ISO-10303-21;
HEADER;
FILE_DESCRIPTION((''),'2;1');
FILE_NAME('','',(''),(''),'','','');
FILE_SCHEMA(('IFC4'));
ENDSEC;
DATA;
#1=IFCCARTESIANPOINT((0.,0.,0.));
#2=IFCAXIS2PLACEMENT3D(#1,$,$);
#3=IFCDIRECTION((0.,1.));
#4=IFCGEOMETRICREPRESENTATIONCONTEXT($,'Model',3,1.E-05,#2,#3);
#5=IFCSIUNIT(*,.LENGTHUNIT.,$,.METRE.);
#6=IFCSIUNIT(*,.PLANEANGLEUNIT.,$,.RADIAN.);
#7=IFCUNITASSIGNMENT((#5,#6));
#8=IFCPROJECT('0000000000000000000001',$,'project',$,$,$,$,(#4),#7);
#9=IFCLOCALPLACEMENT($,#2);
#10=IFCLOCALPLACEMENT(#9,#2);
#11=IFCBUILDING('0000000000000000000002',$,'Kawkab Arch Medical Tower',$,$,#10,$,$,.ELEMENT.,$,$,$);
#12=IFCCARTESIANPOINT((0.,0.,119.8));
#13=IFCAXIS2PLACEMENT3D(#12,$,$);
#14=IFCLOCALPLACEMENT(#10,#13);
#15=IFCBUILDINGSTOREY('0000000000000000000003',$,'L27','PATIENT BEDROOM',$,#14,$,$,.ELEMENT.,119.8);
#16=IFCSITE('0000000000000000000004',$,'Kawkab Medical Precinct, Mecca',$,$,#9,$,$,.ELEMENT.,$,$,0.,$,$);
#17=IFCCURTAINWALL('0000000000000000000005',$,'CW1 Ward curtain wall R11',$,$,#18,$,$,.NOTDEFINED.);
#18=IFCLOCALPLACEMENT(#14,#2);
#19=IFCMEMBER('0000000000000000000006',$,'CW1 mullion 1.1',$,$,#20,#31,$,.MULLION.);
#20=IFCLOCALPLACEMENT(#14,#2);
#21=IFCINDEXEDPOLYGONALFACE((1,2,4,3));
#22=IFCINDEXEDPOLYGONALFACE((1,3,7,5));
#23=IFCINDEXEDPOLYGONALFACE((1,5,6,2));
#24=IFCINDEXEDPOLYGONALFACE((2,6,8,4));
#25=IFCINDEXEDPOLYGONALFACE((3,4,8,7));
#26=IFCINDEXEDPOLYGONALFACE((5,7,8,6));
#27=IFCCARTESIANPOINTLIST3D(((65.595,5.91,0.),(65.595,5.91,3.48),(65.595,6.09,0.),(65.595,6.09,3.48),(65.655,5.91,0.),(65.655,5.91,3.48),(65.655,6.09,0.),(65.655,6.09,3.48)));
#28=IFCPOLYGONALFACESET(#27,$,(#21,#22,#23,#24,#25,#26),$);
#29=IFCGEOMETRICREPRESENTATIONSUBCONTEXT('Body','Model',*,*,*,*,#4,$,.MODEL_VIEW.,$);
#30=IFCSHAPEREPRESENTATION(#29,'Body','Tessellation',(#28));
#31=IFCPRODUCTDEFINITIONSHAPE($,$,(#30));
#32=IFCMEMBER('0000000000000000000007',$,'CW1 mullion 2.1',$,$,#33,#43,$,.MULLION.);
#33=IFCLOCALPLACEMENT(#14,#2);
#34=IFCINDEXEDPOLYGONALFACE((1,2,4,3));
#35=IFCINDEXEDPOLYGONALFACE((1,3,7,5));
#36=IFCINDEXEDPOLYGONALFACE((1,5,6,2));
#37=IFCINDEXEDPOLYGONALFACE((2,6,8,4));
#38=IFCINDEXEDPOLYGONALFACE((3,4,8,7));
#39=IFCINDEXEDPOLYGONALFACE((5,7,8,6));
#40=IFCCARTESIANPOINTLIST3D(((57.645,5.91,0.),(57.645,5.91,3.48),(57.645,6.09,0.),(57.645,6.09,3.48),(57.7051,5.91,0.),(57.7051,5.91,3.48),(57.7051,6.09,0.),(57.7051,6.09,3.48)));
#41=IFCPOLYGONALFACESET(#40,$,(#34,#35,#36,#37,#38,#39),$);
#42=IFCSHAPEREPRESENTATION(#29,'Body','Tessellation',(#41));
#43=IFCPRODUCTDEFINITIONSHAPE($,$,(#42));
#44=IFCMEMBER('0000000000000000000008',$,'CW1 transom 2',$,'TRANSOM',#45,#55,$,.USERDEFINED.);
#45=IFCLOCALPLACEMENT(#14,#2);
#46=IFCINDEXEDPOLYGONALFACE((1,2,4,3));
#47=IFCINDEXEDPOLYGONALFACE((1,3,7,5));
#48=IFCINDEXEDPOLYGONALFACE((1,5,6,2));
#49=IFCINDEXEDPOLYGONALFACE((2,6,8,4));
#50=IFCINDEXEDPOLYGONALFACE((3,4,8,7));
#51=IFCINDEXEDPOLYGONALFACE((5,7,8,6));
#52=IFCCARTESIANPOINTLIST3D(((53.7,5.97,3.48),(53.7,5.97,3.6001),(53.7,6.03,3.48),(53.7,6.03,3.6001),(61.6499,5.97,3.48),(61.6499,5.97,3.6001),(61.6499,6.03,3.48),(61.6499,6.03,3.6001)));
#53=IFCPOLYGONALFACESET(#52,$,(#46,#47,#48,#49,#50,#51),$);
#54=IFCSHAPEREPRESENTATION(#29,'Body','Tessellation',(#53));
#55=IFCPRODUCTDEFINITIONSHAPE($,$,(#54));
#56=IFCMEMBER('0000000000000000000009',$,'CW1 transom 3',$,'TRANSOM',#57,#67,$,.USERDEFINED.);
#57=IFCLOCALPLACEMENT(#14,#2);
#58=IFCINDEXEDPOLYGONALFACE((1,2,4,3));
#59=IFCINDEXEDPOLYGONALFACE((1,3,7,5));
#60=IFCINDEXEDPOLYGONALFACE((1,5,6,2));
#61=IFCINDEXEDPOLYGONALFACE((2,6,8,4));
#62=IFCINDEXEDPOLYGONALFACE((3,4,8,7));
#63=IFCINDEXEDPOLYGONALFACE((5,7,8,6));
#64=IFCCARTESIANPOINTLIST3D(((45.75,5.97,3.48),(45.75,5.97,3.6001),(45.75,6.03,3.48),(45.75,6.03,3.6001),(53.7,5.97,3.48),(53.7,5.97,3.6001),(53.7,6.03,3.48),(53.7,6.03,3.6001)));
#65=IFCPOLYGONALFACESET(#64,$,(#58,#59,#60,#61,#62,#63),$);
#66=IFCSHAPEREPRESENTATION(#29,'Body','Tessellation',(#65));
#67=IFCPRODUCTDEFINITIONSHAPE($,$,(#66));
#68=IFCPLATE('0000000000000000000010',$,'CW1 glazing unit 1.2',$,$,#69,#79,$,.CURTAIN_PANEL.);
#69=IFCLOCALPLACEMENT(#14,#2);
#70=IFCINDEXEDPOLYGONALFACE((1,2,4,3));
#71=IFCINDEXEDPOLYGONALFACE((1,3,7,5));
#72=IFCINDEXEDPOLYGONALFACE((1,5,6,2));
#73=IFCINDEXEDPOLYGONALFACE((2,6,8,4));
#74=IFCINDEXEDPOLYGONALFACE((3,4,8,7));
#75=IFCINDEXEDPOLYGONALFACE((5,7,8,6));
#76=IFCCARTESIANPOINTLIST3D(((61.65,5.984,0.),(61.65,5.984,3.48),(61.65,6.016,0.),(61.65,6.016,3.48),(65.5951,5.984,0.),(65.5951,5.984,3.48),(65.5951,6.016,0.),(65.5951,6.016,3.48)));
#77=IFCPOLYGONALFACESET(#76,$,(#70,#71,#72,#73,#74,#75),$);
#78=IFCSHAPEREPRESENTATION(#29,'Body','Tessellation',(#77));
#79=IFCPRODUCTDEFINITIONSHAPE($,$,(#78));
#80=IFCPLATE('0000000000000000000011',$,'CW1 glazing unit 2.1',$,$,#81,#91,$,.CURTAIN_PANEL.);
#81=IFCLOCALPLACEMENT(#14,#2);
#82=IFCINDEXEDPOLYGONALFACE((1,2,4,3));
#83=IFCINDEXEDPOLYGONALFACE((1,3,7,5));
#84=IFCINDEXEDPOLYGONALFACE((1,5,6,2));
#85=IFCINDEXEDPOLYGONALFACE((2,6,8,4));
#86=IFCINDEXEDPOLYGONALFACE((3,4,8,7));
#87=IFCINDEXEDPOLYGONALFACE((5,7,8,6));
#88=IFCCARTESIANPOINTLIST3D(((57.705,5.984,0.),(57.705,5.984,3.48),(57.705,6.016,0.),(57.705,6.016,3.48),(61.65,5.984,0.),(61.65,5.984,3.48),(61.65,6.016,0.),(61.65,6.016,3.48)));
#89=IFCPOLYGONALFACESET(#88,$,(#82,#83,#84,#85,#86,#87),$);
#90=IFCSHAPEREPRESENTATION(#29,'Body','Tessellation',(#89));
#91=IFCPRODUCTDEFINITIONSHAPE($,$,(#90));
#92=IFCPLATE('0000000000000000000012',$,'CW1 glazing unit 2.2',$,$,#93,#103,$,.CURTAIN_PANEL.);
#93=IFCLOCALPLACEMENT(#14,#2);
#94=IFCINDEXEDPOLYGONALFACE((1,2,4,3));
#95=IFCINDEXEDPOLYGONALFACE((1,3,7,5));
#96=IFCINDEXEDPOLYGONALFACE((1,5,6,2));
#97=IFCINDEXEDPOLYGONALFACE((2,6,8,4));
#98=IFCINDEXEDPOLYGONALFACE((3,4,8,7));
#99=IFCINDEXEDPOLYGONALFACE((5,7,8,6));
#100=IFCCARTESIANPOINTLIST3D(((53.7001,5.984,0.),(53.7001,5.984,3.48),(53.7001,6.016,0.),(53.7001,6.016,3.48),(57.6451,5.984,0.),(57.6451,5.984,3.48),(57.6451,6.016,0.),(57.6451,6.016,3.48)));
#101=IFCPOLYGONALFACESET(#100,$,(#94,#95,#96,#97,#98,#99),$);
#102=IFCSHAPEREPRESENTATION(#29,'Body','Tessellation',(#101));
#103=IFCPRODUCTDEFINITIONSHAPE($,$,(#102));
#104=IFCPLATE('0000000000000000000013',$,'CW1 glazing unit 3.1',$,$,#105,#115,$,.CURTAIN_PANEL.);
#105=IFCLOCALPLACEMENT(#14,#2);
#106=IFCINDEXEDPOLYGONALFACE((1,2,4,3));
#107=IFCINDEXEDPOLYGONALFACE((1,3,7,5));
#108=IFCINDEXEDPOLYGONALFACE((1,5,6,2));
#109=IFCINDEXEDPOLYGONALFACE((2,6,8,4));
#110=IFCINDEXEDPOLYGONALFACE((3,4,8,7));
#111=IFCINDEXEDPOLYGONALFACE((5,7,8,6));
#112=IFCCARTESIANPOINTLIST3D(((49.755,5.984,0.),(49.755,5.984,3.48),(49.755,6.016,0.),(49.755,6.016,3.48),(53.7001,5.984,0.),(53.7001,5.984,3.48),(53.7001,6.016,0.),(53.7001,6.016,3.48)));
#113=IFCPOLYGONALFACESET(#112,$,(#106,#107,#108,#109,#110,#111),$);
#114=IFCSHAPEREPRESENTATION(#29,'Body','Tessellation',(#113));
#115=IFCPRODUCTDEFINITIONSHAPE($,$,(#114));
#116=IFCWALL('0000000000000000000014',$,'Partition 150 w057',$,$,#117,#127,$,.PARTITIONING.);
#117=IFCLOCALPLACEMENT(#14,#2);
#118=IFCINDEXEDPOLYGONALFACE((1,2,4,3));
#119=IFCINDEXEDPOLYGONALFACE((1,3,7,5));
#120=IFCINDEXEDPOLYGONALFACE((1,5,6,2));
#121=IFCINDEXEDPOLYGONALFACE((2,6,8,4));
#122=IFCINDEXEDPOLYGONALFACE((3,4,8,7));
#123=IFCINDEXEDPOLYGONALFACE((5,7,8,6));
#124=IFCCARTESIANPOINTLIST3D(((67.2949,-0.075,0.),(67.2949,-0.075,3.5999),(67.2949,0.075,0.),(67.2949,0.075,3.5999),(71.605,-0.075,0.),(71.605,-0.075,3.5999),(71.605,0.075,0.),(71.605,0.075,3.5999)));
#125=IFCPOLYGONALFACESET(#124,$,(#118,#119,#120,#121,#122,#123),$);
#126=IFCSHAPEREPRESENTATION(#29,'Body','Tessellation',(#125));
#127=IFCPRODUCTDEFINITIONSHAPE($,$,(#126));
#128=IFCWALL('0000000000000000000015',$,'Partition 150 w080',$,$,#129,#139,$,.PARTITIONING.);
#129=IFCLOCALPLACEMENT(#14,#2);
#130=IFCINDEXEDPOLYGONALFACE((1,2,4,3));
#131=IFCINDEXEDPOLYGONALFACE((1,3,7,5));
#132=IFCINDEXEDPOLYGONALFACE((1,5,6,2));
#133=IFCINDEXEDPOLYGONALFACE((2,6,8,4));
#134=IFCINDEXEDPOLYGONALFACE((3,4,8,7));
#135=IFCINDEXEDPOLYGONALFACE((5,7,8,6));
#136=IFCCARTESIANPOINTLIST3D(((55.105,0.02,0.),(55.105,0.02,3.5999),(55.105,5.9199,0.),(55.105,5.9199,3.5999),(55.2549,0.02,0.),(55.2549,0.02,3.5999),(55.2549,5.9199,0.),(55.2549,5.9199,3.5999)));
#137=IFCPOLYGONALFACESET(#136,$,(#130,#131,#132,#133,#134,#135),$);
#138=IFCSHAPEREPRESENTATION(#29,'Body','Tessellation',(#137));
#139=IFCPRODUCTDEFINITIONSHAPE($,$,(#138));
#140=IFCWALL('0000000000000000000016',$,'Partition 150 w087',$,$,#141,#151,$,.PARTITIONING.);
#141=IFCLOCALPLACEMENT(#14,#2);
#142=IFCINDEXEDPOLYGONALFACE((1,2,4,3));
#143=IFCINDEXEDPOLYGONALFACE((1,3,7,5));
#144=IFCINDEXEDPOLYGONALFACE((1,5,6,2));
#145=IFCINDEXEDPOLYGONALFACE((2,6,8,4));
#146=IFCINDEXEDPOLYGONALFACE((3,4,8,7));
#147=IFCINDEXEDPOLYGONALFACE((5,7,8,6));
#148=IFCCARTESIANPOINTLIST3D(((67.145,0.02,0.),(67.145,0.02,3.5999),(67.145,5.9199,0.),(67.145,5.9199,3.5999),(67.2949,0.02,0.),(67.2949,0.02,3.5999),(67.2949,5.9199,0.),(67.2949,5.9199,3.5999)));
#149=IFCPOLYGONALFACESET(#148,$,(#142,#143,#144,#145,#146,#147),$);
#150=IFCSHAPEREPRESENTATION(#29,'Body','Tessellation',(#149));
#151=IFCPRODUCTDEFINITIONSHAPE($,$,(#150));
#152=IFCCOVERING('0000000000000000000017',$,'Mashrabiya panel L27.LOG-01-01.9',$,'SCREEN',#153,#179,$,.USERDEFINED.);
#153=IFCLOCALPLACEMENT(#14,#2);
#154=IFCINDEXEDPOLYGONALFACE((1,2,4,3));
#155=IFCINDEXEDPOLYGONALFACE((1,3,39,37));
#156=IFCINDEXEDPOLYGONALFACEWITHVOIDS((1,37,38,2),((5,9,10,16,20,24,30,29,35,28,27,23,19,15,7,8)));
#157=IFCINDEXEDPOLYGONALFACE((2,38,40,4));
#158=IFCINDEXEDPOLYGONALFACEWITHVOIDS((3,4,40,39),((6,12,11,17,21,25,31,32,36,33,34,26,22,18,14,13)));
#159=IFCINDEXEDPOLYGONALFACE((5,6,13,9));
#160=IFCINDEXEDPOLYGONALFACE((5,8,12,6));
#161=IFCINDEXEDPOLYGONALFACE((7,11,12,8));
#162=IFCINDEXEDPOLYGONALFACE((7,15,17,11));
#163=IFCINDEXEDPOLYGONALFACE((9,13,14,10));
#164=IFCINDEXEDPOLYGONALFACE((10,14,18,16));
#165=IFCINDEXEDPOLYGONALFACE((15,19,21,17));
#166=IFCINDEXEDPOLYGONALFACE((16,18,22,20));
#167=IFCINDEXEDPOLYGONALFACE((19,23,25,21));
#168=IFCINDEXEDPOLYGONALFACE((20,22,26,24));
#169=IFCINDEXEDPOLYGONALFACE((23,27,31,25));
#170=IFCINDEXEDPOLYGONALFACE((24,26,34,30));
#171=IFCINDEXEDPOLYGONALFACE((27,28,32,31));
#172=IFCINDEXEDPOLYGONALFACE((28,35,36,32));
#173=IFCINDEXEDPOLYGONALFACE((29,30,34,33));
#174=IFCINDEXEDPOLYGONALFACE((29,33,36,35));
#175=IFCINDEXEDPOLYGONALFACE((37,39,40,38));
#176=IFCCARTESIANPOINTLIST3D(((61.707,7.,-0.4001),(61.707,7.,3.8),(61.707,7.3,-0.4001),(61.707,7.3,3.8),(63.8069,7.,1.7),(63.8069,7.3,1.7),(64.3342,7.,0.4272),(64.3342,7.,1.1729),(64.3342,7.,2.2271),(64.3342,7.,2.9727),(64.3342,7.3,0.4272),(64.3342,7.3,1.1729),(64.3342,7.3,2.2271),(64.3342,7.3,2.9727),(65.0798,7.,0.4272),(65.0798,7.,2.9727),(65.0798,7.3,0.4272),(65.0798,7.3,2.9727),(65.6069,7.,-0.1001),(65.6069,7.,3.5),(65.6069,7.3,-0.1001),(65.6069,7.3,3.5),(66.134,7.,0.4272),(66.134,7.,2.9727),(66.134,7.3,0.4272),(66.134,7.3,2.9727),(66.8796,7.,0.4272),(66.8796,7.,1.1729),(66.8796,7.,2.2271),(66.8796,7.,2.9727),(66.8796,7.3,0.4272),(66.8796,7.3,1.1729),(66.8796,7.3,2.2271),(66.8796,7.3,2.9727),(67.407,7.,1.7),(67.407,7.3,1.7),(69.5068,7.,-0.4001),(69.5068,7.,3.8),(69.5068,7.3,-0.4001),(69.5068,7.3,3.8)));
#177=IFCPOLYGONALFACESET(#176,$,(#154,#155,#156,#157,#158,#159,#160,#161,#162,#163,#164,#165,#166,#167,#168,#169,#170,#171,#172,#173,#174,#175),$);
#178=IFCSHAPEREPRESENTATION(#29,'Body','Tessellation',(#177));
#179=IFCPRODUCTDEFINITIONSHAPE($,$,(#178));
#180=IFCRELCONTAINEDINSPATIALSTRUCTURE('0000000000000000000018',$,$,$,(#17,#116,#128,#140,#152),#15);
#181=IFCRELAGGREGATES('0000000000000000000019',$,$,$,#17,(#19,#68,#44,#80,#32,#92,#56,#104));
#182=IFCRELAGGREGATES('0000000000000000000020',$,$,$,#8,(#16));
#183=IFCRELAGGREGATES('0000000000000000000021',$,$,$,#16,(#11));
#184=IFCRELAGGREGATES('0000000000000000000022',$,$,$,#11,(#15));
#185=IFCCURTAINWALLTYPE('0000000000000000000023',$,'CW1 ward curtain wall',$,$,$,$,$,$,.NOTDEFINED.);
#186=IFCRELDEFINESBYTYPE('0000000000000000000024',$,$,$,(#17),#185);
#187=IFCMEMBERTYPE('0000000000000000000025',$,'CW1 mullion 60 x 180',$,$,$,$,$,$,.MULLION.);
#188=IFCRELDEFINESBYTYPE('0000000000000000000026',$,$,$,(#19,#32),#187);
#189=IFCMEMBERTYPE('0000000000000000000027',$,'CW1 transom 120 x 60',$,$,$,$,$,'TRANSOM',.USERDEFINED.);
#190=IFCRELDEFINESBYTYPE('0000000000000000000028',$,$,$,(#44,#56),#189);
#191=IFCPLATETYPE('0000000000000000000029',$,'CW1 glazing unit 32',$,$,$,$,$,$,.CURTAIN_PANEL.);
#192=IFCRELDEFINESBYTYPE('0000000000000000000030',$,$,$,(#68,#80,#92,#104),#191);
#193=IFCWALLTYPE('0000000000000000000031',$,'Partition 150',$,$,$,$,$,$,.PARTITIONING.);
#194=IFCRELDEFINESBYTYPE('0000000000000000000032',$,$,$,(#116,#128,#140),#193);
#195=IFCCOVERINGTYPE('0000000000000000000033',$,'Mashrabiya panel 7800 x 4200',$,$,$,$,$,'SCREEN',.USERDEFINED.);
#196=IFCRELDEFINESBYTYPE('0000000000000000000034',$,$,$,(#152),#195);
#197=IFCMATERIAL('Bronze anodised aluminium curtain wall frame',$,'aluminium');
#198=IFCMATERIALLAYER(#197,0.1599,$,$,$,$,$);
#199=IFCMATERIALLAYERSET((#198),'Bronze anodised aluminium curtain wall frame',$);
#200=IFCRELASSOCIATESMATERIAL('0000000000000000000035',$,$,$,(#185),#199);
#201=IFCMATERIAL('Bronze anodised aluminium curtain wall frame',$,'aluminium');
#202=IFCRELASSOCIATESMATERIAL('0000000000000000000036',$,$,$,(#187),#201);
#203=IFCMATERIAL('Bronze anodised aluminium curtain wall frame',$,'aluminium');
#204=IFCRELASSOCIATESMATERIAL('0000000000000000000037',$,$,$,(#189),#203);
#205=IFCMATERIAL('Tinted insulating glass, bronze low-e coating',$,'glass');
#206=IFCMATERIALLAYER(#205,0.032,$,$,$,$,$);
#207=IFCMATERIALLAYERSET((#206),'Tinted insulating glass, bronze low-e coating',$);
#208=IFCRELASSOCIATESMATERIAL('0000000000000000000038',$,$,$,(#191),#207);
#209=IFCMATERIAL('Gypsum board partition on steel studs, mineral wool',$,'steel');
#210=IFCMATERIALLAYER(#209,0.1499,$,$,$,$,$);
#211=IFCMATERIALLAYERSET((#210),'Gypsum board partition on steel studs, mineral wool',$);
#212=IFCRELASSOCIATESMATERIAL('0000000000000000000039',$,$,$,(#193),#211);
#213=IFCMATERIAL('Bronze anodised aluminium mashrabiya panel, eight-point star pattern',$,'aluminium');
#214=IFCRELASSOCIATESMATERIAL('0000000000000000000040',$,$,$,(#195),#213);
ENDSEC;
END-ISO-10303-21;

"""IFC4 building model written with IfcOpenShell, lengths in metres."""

from ifc_helpers import new_model, si_unit, direction, frame, frame_2d, origin, origin_2d, place, context, subcontext, project, spatial, polyline, rectangle, outline, extrude, material, layer, layer_set, material_profile, profile_set, type_object, element, aggregate, save


model = new_model("IFC4")

# Units and contexts
model_context = context("Model", 3, precision=1e-05, world=origin(), true_north=direction((0.0, 1.0)))
body_context = subcontext(model_context, "Body", "Model", "MODEL_VIEW")
ifc_project = project(units=[si_unit("LENGTHUNIT", "METRE"), si_unit("PLANEANGLEUNIT", "RADIAN")], contexts=[model_context])

# Site, building, storey
site_placement = place(None, origin())
site = spatial("IfcSite", under=ifc_project, at=site_placement, Name="Kawkab Medical Precinct, Mecca", CompositionType="ELEMENT", RefElevation=0.0)
building_placement = place(site_placement, origin())
building = spatial("IfcBuilding", under=site, at=building_placement, Name="Kawkab Arch Medical Tower", CompositionType="ELEMENT")
storey_placement = place(building_placement, frame((0.0, 0.0, 119.8)))
storey = spatial("IfcBuildingStorey", under=building, at=storey_placement, Name="L27", Description="PATIENT BEDROOM", CompositionType="ELEMENT", Elevation=119.8)

# Curtain wall, members, plates
ifc_material_1 = material(Name="Bronze anodised aluminium curtain wall frame", Category="aluminium")
ifc_layer_1 = layer(ifc_material_1, 0.1599)
ifc_layer_set_1 = layer_set([ifc_layer_1], Name="Bronze anodised aluminium curtain wall frame")
curtain_wall_type = type_object("IfcCurtainWallType", Name="CW1 ward curtain wall", PredefinedType="NOTDEFINED", material=ifc_layer_set_1)
curtain_wall_placement = place(storey_placement, origin())
curtain_wall = element("IfcCurtainWall", 1, at=curtain_wall_placement, inside=storey, type_object=curtain_wall_type, Name="CW1 Ward curtain wall R11", PredefinedType="NOTDEFINED")
ifc_material_2 = material(Name="Bronze anodised aluminium curtain wall frame", Category="aluminium")
ifc_material_profile_1 = material_profile(ifc_material_2, rectangle(XDim=0.1799, YDim=0.0601, at=origin_2d()), Name="AL 60x180")
ifc_profile_set_1 = profile_set([ifc_material_profile_1], Name="Bronze anodised aluminium curtain wall frame")
member_type_1 = type_object("IfcMemberType", Name="CW1 mullion 60 x 180", PredefinedType="MULLION", material=ifc_profile_set_1)
member_1_placement = place(storey_placement, frame((65.625, 6.0, 0.0), z_axis=(0.0, 0.0, 1.0), x_axis=(0.0, -1.0, 0.0)))
member_1 = element("IfcMember", 2, at=member_1_placement, type_object=member_type_1, Name="CW1 mullion 1.1", PredefinedType="MULLION", context=body_context, shape_type="SweptSolid", body=[
    extrude(rectangle(XDim=0.1799, YDim=0.0601, at=origin_2d()), origin(), (0.0, 0.0, 1.0), 3.48),
])
member_2_placement = place(storey_placement, frame((57.675, 6.0, 0.0), z_axis=(0.0, 0.0, 1.0), x_axis=(0.0, -1.0, 0.0)))
member_2 = element("IfcMember", 3, at=member_2_placement, type_object=member_type_1, Name="CW1 mullion 2.1", PredefinedType="MULLION", context=body_context, shape_type="SweptSolid", body=[
    extrude(rectangle(XDim=0.1799, YDim=0.0601, at=origin_2d()), origin(), (0.0, 0.0, 1.0), 3.48),
])
ifc_material_3 = material(Name="Bronze anodised aluminium curtain wall frame", Category="aluminium")
ifc_material_profile_2 = material_profile(ifc_material_3, rectangle(XDim=0.0601, YDim=0.1201, at=origin_2d()), Name="AL 60x120")
ifc_profile_set_2 = profile_set([ifc_material_profile_2], Name="Bronze anodised aluminium curtain wall frame")
member_type_2 = type_object("IfcMemberType", Name="CW1 transom 120 x 60", ElementType="TRANSOM", PredefinedType="USERDEFINED", material=ifc_profile_set_2)
member_3_placement = place(storey_placement, frame((61.6499, 6.0, 3.54), z_axis=(-1.0, 0.0, 0.0), x_axis=(0.0, -1.0, 0.0)))
member_3 = element("IfcMember", 4, at=member_3_placement, type_object=member_type_2, Name="CW1 transom 2", ObjectType="TRANSOM", PredefinedType="USERDEFINED", context=body_context, shape_type="SweptSolid", body=[
    extrude(rectangle(XDim=0.0601, YDim=0.1201, at=origin_2d()), origin(), (0.0, 0.0, 1.0), 7.95),
])
member_4_placement = place(storey_placement, frame((53.7, 6.0, 3.54), z_axis=(-1.0, 0.0, 0.0), x_axis=(0.0, -1.0, 0.0)))
member_4 = element("IfcMember", 5, at=member_4_placement, type_object=member_type_2, Name="CW1 transom 3", ObjectType="TRANSOM", PredefinedType="USERDEFINED", context=body_context, shape_type="SweptSolid", body=[
    extrude(rectangle(XDim=0.0601, YDim=0.1201, at=origin_2d()), origin(), (0.0, 0.0, 1.0), 7.95),
])
ifc_material_4 = material(Name="Tinted insulating glass, bronze low-e coating", Category="glass")
ifc_layer_2 = layer(ifc_material_4, 0.032)
ifc_layer_set_2 = layer_set([ifc_layer_2], Name="Tinted insulating glass, bronze low-e coating")
plate_type = type_object("IfcPlateType", Name="CW1 glazing unit 32", PredefinedType="CURTAIN_PANEL", material=ifc_layer_set_2)
plate_1_placement = place(storey_placement, frame((63.6226, 6.0, 0.0), z_axis=(0.0, 0.0, 1.0), x_axis=(-1.0, 0.0, 0.0)))
plate_1 = element("IfcPlate", 6, at=plate_1_placement, type_object=plate_type, Name="CW1 glazing unit 1.2", PredefinedType="CURTAIN_PANEL", context=body_context, shape_type="SweptSolid", body=[
    extrude(rectangle(XDim=3.9451, YDim=0.032, at=origin_2d()), origin(), (0.0, 0.0, 1.0), 3.48),
])
plate_2_placement = place(storey_placement, frame((59.6775, 6.0, 0.0), z_axis=(0.0, 0.0, 1.0), x_axis=(-1.0, 0.0, 0.0)))
plate_2 = element("IfcPlate", 7, at=plate_2_placement, type_object=plate_type, Name="CW1 glazing unit 2.1", PredefinedType="CURTAIN_PANEL", context=body_context, shape_type="SweptSolid", body=[
    extrude(rectangle(XDim=3.9451, YDim=0.032, at=origin_2d()), origin(), (0.0, 0.0, 1.0), 3.48),
])
plate_3_placement = place(storey_placement, frame((55.6726, 6.0, 0.0), z_axis=(0.0, 0.0, 1.0), x_axis=(-1.0, 0.0, 0.0)))
plate_3 = element("IfcPlate", 8, at=plate_3_placement, type_object=plate_type, Name="CW1 glazing unit 2.2", PredefinedType="CURTAIN_PANEL", context=body_context, shape_type="SweptSolid", body=[
    extrude(rectangle(XDim=3.9451, YDim=0.032, at=origin_2d()), origin(), (0.0, 0.0, 1.0), 3.48),
])
plate_4_placement = place(storey_placement, frame((51.7275, 6.0, 0.0), z_axis=(0.0, 0.0, 1.0), x_axis=(-1.0, 0.0, 0.0)))
plate_4 = element("IfcPlate", 9, at=plate_4_placement, type_object=plate_type, Name="CW1 glazing unit 3.1", PredefinedType="CURTAIN_PANEL", context=body_context, shape_type="SweptSolid", body=[
    extrude(rectangle(XDim=3.9451, YDim=0.032, at=origin_2d()), origin(), (0.0, 0.0, 1.0), 3.48),
])
aggregate(curtain_wall, [member_1, plate_1, member_3, plate_2, member_2, plate_3, member_4, plate_4])

# Walls
ifc_material_5 = material(Name="Gypsum board partition on steel studs, mineral wool", Category="steel")
ifc_layer_3 = layer(ifc_material_5, 0.1499)
ifc_layer_set_3 = layer_set([ifc_layer_3], Name="Gypsum board partition on steel studs, mineral wool")
wall_type = type_object("IfcWallType", Name="Partition 150", PredefinedType="PARTITIONING", material=ifc_layer_set_3)
wall_placement = place(storey_placement, frame((67.2949, 0.0, 0.0), z_axis=(0.0, 0.0, 1.0), x_axis=(1.0, 0.0, 0.0)))
element("IfcWall", 10, at=wall_placement, inside=storey, type_object=wall_type, Name="Partition 150 w057", PredefinedType="PARTITIONING", context=body_context, shape_type="SweptSolid", body=[
    extrude(rectangle(XDim=4.3101, YDim=0.1499, at=frame_2d((2.155, 0.0))), origin(), (0.0, 0.0, 1.0), 3.5999),
])
for number, where, z_axis, x_axis, name in (
    (11, (55.1799, 0.02, 0.0), (0.0, 0.0, 1.0), (0.0, 1.0, 0.0), "Partition 150 w080"),
    (12, (67.22, 0.02, 0.0), (0.0, 0.0, 1.0), (0.0, 1.0, 0.0), "Partition 150 w087"),
):
    element("IfcWall", number, at=place(storey_placement, frame(where, z_axis=z_axis, x_axis=x_axis)), inside=storey, type_object=wall_type, Name=name, PredefinedType="PARTITIONING", context=body_context, shape_type="SweptSolid", body=[
        extrude(rectangle(XDim=5.8999, YDim=0.1499, at=frame_2d((2.95, 0.0))), origin(), (0.0, 0.0, 1.0), 3.5999),
    ])

# Covering
ifc_material_6 = material(Name="Bronze anodised aluminium mashrabiya panel, eight-point star pattern", Category="aluminium")
ifc_material_profile_3 = material_profile(ifc_material_6, outline(polyline([(-3.8999, -2.1001), (3.8999, -2.1001), (3.8999, 2.1001), (-3.8999, 2.1001), (-3.8999, -2.1001)]), holes=[polyline([(1.8, 0.0), (1.2727, 0.5271), (1.2727, 1.2727), (0.5271, 1.2727), (0.0, 1.8), (-0.5271, 1.2727), (-1.2727, 1.2727), (-1.2727, 0.5271), (-1.8, 0.0), (-1.2727, -0.5271), (-1.2727, -1.2727), (-0.5271, -1.2727), (0.0, -1.8), (0.5271, -1.2727), (1.2727, -1.2727), (1.2727, -0.5271), (1.8, 0.0)])]), Name="Mashrabiya panel 7800x4200")
ifc_profile_set_3 = profile_set([ifc_material_profile_3], Name="Bronze anodised aluminium mashrabiya panel, eight-point star pattern")
covering_type_1 = type_object("IfcCoveringType", Name="Mashrabiya panel 7800 x 4200", ElementType="SCREEN", PredefinedType="USERDEFINED", material=ifc_profile_set_3)
covering_1_placement = place(storey_placement, frame((65.6069, 7.0, 1.7), z_axis=(0.0, 1.0, 0.0), x_axis=(-1.0, 0.0, 0.0)))
element("IfcCovering", 13, at=covering_1_placement, inside=storey, type_object=covering_type_1, Name="Mashrabiya panel L27.LOG-01-01.9", ObjectType="SCREEN", PredefinedType="USERDEFINED", context=body_context, shape_type="SweptSolid", body=[
    extrude(outline(polyline([(-3.8999, -2.1001), (3.8999, -2.1001), (3.8999, 2.1001), (-3.8999, 2.1001), (-3.8999, -2.1001)]), holes=[polyline([(1.8, 0.0), (1.2727, 0.5271), (1.2727, 1.2727), (0.5271, 1.2727), (0.0, 1.8), (-0.5271, 1.2727), (-1.2727, 1.2727), (-1.2727, 0.5271), (-1.8, 0.0), (-1.2727, -0.5271), (-1.2727, -1.2727), (-0.5271, -1.2727), (0.0, -1.8), (0.5271, -1.2727), (1.2727, -1.2727), (1.2727, -0.5271), (1.8, 0.0)])]), origin(), (0.0, 0.0, 1.0), 0.3),
])

save(model, "model.ifc")
